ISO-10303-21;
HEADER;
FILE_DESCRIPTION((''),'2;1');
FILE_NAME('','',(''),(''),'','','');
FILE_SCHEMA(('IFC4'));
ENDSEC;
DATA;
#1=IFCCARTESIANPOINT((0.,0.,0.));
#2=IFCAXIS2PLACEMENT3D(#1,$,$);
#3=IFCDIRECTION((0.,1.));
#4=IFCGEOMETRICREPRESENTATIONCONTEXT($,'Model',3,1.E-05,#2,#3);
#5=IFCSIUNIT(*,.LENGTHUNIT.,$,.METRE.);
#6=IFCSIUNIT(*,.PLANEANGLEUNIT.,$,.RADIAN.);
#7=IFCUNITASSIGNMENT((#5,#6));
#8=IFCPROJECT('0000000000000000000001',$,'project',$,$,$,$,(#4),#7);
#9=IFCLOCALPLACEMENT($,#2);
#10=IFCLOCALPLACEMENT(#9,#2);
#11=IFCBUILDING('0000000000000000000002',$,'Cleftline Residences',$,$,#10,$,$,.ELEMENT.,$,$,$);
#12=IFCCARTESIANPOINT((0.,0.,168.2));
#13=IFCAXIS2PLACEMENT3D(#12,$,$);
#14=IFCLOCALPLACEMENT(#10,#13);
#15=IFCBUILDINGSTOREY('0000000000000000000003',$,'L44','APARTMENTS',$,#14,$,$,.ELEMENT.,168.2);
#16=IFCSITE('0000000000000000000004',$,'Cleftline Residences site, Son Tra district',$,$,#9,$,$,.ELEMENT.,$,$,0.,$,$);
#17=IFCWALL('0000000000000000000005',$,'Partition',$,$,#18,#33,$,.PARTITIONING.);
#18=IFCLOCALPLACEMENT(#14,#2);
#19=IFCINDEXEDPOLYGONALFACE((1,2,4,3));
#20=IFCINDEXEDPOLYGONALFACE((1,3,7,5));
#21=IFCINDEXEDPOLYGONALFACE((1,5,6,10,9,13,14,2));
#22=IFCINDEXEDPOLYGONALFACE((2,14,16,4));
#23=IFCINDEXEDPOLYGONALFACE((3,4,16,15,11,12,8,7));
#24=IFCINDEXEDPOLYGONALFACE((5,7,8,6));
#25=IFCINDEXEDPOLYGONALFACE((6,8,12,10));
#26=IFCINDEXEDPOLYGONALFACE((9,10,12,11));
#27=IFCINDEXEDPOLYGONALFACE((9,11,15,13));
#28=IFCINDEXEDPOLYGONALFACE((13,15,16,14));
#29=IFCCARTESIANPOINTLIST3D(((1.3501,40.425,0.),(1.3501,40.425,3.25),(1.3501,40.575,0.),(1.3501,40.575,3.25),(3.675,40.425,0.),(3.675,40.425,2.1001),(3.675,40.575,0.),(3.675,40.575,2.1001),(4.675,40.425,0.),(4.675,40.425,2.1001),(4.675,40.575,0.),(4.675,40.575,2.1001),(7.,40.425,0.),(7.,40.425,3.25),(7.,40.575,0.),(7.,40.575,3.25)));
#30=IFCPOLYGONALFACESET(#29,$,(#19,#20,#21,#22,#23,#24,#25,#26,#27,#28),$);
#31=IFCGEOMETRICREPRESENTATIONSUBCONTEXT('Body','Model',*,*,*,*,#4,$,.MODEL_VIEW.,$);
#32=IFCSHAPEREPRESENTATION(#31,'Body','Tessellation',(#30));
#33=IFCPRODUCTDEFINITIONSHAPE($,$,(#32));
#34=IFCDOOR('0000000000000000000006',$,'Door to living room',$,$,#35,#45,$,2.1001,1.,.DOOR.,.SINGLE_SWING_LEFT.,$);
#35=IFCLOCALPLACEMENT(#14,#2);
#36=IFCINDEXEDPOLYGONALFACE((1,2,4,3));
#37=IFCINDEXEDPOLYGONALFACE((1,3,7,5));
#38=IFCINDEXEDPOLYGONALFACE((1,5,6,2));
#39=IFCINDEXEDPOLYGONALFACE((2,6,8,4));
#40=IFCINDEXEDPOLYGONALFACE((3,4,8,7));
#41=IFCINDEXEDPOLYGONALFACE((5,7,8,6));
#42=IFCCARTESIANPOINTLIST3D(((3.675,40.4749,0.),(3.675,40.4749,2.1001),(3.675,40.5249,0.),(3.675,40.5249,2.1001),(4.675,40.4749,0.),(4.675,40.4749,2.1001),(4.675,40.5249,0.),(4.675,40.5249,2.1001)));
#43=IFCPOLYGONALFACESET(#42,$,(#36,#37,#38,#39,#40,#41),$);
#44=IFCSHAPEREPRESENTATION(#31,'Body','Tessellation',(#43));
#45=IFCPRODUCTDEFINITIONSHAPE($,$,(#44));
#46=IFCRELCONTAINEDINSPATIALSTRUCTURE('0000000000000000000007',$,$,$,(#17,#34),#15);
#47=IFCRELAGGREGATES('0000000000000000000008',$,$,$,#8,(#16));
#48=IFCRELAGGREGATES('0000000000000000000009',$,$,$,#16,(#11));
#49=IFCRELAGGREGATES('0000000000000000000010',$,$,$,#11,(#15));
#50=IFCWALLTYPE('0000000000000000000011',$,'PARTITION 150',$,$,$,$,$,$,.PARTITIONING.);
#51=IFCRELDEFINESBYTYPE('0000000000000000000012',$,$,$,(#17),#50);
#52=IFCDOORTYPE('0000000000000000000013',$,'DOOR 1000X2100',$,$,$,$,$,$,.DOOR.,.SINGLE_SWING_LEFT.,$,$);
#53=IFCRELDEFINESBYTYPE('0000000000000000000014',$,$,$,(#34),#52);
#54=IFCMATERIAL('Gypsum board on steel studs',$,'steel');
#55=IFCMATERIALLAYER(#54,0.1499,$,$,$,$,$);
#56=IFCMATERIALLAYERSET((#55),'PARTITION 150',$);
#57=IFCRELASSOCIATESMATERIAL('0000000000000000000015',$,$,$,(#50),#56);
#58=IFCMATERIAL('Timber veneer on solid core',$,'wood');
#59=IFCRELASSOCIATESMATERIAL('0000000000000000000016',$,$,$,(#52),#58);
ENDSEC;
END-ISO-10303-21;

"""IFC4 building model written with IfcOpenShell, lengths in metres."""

from ifc_helpers import new_model, si_unit, direction, frame, frame_2d, origin, place, context, subcontext, project, spatial, rectangle, extrude, material, layer, layer_set, type_object, element, fill, save


model = new_model("IFC4")

# Units and contexts
model_context = context("Model", 3, precision=1e-05, world=origin(), true_north=direction((0.0, 1.0)))
body_context = subcontext(model_context, "Body", "Model", "MODEL_VIEW")
ifc_project = project(units=[si_unit("LENGTHUNIT", "METRE"), si_unit("PLANEANGLEUNIT", "RADIAN")], contexts=[model_context])

# Site, building, storey
site_placement = place(None, origin())
site = spatial("IfcSite", under=ifc_project, at=site_placement, Name="Cleftline Residences site, Son Tra district", CompositionType="ELEMENT", RefElevation=0.0)
building_placement = place(site_placement, origin())
building = spatial("IfcBuilding", under=site, at=building_placement, Name="Cleftline Residences", CompositionType="ELEMENT")
storey_placement = place(building_placement, frame((0.0, 0.0, 168.2)))
storey = spatial("IfcBuildingStorey", under=building, at=storey_placement, Name="L44", Description="APARTMENTS", CompositionType="ELEMENT", Elevation=168.2)

# Wall, opening, door
ifc_material_1 = material(Name="Gypsum board on steel studs", Category="steel")
ifc_layer_1 = layer(ifc_material_1, 0.1499)
ifc_layer_set_1 = layer_set([ifc_layer_1], Name="PARTITION 150")
wall_type_1 = type_object("IfcWallType", Name="PARTITION 150", PredefinedType="PARTITIONING", material=ifc_layer_set_1)
wall_1_placement = place(storey_placement, frame((1.3501, 40.5, 0.0), z_axis=(0.0, 0.0, 1.0), x_axis=(1.0, 0.0, 0.0)))
wall_1 = element("IfcWall", 1, at=wall_1_placement, inside=storey, type_object=wall_type_1, Name="Partition", PredefinedType="PARTITIONING", context=body_context, shape_type="SweptSolid", body=[
    extrude(rectangle(XDim=5.6499, YDim=0.1499, at=frame_2d((2.825, 0.0))), origin(), (0.0, 0.0, 1.0), 3.25),
])
opening_1_placement = place(wall_1_placement, frame((2.325, 0.0, 0.0)))
opening_1 = element("IfcOpeningElement", 2, at=opening_1_placement, cuts=wall_1, PredefinedType="OPENING", context=body_context, shape_type="SweptSolid", body=[
    extrude(rectangle(XDim=1.0, YDim=2.1001, at=frame_2d((0.5, 1.05))), frame((0.0, 0.085, 0.0), z_axis=(0.0, -1.0, 0.0), x_axis=(1.0, 0.0, 0.0)), (0.0, 0.0, 1.0), 0.1699),
])
ifc_material_2 = material(Name="Timber veneer on solid core", Category="wood")
door_type = type_object("IfcDoorType", Name="DOOR 1000X2100", OperationType="SINGLE_SWING_LEFT", PredefinedType="DOOR", material=ifc_material_2)
door_placement = place(opening_1_placement, origin())
door = element("IfcDoor", 3, at=door_placement, inside=storey, type_object=door_type, Name="Door to living room", OperationType="SINGLE_SWING_LEFT", OverallHeight=2.1001, OverallWidth=1.0, PredefinedType="DOOR", context=body_context, shape_type="SweptSolid", body=[
    extrude(rectangle(XDim=1.0, YDim=2.1001, at=frame_2d((0.5, 1.05))), frame((0.0, 0.0249, 0.0), z_axis=(0.0, -1.0, 0.0), x_axis=(1.0, 0.0, 0.0)), (0.0, 0.0, 1.0), 0.05),
])
fill(opening_1, door)

save(model, "model.ifc")
